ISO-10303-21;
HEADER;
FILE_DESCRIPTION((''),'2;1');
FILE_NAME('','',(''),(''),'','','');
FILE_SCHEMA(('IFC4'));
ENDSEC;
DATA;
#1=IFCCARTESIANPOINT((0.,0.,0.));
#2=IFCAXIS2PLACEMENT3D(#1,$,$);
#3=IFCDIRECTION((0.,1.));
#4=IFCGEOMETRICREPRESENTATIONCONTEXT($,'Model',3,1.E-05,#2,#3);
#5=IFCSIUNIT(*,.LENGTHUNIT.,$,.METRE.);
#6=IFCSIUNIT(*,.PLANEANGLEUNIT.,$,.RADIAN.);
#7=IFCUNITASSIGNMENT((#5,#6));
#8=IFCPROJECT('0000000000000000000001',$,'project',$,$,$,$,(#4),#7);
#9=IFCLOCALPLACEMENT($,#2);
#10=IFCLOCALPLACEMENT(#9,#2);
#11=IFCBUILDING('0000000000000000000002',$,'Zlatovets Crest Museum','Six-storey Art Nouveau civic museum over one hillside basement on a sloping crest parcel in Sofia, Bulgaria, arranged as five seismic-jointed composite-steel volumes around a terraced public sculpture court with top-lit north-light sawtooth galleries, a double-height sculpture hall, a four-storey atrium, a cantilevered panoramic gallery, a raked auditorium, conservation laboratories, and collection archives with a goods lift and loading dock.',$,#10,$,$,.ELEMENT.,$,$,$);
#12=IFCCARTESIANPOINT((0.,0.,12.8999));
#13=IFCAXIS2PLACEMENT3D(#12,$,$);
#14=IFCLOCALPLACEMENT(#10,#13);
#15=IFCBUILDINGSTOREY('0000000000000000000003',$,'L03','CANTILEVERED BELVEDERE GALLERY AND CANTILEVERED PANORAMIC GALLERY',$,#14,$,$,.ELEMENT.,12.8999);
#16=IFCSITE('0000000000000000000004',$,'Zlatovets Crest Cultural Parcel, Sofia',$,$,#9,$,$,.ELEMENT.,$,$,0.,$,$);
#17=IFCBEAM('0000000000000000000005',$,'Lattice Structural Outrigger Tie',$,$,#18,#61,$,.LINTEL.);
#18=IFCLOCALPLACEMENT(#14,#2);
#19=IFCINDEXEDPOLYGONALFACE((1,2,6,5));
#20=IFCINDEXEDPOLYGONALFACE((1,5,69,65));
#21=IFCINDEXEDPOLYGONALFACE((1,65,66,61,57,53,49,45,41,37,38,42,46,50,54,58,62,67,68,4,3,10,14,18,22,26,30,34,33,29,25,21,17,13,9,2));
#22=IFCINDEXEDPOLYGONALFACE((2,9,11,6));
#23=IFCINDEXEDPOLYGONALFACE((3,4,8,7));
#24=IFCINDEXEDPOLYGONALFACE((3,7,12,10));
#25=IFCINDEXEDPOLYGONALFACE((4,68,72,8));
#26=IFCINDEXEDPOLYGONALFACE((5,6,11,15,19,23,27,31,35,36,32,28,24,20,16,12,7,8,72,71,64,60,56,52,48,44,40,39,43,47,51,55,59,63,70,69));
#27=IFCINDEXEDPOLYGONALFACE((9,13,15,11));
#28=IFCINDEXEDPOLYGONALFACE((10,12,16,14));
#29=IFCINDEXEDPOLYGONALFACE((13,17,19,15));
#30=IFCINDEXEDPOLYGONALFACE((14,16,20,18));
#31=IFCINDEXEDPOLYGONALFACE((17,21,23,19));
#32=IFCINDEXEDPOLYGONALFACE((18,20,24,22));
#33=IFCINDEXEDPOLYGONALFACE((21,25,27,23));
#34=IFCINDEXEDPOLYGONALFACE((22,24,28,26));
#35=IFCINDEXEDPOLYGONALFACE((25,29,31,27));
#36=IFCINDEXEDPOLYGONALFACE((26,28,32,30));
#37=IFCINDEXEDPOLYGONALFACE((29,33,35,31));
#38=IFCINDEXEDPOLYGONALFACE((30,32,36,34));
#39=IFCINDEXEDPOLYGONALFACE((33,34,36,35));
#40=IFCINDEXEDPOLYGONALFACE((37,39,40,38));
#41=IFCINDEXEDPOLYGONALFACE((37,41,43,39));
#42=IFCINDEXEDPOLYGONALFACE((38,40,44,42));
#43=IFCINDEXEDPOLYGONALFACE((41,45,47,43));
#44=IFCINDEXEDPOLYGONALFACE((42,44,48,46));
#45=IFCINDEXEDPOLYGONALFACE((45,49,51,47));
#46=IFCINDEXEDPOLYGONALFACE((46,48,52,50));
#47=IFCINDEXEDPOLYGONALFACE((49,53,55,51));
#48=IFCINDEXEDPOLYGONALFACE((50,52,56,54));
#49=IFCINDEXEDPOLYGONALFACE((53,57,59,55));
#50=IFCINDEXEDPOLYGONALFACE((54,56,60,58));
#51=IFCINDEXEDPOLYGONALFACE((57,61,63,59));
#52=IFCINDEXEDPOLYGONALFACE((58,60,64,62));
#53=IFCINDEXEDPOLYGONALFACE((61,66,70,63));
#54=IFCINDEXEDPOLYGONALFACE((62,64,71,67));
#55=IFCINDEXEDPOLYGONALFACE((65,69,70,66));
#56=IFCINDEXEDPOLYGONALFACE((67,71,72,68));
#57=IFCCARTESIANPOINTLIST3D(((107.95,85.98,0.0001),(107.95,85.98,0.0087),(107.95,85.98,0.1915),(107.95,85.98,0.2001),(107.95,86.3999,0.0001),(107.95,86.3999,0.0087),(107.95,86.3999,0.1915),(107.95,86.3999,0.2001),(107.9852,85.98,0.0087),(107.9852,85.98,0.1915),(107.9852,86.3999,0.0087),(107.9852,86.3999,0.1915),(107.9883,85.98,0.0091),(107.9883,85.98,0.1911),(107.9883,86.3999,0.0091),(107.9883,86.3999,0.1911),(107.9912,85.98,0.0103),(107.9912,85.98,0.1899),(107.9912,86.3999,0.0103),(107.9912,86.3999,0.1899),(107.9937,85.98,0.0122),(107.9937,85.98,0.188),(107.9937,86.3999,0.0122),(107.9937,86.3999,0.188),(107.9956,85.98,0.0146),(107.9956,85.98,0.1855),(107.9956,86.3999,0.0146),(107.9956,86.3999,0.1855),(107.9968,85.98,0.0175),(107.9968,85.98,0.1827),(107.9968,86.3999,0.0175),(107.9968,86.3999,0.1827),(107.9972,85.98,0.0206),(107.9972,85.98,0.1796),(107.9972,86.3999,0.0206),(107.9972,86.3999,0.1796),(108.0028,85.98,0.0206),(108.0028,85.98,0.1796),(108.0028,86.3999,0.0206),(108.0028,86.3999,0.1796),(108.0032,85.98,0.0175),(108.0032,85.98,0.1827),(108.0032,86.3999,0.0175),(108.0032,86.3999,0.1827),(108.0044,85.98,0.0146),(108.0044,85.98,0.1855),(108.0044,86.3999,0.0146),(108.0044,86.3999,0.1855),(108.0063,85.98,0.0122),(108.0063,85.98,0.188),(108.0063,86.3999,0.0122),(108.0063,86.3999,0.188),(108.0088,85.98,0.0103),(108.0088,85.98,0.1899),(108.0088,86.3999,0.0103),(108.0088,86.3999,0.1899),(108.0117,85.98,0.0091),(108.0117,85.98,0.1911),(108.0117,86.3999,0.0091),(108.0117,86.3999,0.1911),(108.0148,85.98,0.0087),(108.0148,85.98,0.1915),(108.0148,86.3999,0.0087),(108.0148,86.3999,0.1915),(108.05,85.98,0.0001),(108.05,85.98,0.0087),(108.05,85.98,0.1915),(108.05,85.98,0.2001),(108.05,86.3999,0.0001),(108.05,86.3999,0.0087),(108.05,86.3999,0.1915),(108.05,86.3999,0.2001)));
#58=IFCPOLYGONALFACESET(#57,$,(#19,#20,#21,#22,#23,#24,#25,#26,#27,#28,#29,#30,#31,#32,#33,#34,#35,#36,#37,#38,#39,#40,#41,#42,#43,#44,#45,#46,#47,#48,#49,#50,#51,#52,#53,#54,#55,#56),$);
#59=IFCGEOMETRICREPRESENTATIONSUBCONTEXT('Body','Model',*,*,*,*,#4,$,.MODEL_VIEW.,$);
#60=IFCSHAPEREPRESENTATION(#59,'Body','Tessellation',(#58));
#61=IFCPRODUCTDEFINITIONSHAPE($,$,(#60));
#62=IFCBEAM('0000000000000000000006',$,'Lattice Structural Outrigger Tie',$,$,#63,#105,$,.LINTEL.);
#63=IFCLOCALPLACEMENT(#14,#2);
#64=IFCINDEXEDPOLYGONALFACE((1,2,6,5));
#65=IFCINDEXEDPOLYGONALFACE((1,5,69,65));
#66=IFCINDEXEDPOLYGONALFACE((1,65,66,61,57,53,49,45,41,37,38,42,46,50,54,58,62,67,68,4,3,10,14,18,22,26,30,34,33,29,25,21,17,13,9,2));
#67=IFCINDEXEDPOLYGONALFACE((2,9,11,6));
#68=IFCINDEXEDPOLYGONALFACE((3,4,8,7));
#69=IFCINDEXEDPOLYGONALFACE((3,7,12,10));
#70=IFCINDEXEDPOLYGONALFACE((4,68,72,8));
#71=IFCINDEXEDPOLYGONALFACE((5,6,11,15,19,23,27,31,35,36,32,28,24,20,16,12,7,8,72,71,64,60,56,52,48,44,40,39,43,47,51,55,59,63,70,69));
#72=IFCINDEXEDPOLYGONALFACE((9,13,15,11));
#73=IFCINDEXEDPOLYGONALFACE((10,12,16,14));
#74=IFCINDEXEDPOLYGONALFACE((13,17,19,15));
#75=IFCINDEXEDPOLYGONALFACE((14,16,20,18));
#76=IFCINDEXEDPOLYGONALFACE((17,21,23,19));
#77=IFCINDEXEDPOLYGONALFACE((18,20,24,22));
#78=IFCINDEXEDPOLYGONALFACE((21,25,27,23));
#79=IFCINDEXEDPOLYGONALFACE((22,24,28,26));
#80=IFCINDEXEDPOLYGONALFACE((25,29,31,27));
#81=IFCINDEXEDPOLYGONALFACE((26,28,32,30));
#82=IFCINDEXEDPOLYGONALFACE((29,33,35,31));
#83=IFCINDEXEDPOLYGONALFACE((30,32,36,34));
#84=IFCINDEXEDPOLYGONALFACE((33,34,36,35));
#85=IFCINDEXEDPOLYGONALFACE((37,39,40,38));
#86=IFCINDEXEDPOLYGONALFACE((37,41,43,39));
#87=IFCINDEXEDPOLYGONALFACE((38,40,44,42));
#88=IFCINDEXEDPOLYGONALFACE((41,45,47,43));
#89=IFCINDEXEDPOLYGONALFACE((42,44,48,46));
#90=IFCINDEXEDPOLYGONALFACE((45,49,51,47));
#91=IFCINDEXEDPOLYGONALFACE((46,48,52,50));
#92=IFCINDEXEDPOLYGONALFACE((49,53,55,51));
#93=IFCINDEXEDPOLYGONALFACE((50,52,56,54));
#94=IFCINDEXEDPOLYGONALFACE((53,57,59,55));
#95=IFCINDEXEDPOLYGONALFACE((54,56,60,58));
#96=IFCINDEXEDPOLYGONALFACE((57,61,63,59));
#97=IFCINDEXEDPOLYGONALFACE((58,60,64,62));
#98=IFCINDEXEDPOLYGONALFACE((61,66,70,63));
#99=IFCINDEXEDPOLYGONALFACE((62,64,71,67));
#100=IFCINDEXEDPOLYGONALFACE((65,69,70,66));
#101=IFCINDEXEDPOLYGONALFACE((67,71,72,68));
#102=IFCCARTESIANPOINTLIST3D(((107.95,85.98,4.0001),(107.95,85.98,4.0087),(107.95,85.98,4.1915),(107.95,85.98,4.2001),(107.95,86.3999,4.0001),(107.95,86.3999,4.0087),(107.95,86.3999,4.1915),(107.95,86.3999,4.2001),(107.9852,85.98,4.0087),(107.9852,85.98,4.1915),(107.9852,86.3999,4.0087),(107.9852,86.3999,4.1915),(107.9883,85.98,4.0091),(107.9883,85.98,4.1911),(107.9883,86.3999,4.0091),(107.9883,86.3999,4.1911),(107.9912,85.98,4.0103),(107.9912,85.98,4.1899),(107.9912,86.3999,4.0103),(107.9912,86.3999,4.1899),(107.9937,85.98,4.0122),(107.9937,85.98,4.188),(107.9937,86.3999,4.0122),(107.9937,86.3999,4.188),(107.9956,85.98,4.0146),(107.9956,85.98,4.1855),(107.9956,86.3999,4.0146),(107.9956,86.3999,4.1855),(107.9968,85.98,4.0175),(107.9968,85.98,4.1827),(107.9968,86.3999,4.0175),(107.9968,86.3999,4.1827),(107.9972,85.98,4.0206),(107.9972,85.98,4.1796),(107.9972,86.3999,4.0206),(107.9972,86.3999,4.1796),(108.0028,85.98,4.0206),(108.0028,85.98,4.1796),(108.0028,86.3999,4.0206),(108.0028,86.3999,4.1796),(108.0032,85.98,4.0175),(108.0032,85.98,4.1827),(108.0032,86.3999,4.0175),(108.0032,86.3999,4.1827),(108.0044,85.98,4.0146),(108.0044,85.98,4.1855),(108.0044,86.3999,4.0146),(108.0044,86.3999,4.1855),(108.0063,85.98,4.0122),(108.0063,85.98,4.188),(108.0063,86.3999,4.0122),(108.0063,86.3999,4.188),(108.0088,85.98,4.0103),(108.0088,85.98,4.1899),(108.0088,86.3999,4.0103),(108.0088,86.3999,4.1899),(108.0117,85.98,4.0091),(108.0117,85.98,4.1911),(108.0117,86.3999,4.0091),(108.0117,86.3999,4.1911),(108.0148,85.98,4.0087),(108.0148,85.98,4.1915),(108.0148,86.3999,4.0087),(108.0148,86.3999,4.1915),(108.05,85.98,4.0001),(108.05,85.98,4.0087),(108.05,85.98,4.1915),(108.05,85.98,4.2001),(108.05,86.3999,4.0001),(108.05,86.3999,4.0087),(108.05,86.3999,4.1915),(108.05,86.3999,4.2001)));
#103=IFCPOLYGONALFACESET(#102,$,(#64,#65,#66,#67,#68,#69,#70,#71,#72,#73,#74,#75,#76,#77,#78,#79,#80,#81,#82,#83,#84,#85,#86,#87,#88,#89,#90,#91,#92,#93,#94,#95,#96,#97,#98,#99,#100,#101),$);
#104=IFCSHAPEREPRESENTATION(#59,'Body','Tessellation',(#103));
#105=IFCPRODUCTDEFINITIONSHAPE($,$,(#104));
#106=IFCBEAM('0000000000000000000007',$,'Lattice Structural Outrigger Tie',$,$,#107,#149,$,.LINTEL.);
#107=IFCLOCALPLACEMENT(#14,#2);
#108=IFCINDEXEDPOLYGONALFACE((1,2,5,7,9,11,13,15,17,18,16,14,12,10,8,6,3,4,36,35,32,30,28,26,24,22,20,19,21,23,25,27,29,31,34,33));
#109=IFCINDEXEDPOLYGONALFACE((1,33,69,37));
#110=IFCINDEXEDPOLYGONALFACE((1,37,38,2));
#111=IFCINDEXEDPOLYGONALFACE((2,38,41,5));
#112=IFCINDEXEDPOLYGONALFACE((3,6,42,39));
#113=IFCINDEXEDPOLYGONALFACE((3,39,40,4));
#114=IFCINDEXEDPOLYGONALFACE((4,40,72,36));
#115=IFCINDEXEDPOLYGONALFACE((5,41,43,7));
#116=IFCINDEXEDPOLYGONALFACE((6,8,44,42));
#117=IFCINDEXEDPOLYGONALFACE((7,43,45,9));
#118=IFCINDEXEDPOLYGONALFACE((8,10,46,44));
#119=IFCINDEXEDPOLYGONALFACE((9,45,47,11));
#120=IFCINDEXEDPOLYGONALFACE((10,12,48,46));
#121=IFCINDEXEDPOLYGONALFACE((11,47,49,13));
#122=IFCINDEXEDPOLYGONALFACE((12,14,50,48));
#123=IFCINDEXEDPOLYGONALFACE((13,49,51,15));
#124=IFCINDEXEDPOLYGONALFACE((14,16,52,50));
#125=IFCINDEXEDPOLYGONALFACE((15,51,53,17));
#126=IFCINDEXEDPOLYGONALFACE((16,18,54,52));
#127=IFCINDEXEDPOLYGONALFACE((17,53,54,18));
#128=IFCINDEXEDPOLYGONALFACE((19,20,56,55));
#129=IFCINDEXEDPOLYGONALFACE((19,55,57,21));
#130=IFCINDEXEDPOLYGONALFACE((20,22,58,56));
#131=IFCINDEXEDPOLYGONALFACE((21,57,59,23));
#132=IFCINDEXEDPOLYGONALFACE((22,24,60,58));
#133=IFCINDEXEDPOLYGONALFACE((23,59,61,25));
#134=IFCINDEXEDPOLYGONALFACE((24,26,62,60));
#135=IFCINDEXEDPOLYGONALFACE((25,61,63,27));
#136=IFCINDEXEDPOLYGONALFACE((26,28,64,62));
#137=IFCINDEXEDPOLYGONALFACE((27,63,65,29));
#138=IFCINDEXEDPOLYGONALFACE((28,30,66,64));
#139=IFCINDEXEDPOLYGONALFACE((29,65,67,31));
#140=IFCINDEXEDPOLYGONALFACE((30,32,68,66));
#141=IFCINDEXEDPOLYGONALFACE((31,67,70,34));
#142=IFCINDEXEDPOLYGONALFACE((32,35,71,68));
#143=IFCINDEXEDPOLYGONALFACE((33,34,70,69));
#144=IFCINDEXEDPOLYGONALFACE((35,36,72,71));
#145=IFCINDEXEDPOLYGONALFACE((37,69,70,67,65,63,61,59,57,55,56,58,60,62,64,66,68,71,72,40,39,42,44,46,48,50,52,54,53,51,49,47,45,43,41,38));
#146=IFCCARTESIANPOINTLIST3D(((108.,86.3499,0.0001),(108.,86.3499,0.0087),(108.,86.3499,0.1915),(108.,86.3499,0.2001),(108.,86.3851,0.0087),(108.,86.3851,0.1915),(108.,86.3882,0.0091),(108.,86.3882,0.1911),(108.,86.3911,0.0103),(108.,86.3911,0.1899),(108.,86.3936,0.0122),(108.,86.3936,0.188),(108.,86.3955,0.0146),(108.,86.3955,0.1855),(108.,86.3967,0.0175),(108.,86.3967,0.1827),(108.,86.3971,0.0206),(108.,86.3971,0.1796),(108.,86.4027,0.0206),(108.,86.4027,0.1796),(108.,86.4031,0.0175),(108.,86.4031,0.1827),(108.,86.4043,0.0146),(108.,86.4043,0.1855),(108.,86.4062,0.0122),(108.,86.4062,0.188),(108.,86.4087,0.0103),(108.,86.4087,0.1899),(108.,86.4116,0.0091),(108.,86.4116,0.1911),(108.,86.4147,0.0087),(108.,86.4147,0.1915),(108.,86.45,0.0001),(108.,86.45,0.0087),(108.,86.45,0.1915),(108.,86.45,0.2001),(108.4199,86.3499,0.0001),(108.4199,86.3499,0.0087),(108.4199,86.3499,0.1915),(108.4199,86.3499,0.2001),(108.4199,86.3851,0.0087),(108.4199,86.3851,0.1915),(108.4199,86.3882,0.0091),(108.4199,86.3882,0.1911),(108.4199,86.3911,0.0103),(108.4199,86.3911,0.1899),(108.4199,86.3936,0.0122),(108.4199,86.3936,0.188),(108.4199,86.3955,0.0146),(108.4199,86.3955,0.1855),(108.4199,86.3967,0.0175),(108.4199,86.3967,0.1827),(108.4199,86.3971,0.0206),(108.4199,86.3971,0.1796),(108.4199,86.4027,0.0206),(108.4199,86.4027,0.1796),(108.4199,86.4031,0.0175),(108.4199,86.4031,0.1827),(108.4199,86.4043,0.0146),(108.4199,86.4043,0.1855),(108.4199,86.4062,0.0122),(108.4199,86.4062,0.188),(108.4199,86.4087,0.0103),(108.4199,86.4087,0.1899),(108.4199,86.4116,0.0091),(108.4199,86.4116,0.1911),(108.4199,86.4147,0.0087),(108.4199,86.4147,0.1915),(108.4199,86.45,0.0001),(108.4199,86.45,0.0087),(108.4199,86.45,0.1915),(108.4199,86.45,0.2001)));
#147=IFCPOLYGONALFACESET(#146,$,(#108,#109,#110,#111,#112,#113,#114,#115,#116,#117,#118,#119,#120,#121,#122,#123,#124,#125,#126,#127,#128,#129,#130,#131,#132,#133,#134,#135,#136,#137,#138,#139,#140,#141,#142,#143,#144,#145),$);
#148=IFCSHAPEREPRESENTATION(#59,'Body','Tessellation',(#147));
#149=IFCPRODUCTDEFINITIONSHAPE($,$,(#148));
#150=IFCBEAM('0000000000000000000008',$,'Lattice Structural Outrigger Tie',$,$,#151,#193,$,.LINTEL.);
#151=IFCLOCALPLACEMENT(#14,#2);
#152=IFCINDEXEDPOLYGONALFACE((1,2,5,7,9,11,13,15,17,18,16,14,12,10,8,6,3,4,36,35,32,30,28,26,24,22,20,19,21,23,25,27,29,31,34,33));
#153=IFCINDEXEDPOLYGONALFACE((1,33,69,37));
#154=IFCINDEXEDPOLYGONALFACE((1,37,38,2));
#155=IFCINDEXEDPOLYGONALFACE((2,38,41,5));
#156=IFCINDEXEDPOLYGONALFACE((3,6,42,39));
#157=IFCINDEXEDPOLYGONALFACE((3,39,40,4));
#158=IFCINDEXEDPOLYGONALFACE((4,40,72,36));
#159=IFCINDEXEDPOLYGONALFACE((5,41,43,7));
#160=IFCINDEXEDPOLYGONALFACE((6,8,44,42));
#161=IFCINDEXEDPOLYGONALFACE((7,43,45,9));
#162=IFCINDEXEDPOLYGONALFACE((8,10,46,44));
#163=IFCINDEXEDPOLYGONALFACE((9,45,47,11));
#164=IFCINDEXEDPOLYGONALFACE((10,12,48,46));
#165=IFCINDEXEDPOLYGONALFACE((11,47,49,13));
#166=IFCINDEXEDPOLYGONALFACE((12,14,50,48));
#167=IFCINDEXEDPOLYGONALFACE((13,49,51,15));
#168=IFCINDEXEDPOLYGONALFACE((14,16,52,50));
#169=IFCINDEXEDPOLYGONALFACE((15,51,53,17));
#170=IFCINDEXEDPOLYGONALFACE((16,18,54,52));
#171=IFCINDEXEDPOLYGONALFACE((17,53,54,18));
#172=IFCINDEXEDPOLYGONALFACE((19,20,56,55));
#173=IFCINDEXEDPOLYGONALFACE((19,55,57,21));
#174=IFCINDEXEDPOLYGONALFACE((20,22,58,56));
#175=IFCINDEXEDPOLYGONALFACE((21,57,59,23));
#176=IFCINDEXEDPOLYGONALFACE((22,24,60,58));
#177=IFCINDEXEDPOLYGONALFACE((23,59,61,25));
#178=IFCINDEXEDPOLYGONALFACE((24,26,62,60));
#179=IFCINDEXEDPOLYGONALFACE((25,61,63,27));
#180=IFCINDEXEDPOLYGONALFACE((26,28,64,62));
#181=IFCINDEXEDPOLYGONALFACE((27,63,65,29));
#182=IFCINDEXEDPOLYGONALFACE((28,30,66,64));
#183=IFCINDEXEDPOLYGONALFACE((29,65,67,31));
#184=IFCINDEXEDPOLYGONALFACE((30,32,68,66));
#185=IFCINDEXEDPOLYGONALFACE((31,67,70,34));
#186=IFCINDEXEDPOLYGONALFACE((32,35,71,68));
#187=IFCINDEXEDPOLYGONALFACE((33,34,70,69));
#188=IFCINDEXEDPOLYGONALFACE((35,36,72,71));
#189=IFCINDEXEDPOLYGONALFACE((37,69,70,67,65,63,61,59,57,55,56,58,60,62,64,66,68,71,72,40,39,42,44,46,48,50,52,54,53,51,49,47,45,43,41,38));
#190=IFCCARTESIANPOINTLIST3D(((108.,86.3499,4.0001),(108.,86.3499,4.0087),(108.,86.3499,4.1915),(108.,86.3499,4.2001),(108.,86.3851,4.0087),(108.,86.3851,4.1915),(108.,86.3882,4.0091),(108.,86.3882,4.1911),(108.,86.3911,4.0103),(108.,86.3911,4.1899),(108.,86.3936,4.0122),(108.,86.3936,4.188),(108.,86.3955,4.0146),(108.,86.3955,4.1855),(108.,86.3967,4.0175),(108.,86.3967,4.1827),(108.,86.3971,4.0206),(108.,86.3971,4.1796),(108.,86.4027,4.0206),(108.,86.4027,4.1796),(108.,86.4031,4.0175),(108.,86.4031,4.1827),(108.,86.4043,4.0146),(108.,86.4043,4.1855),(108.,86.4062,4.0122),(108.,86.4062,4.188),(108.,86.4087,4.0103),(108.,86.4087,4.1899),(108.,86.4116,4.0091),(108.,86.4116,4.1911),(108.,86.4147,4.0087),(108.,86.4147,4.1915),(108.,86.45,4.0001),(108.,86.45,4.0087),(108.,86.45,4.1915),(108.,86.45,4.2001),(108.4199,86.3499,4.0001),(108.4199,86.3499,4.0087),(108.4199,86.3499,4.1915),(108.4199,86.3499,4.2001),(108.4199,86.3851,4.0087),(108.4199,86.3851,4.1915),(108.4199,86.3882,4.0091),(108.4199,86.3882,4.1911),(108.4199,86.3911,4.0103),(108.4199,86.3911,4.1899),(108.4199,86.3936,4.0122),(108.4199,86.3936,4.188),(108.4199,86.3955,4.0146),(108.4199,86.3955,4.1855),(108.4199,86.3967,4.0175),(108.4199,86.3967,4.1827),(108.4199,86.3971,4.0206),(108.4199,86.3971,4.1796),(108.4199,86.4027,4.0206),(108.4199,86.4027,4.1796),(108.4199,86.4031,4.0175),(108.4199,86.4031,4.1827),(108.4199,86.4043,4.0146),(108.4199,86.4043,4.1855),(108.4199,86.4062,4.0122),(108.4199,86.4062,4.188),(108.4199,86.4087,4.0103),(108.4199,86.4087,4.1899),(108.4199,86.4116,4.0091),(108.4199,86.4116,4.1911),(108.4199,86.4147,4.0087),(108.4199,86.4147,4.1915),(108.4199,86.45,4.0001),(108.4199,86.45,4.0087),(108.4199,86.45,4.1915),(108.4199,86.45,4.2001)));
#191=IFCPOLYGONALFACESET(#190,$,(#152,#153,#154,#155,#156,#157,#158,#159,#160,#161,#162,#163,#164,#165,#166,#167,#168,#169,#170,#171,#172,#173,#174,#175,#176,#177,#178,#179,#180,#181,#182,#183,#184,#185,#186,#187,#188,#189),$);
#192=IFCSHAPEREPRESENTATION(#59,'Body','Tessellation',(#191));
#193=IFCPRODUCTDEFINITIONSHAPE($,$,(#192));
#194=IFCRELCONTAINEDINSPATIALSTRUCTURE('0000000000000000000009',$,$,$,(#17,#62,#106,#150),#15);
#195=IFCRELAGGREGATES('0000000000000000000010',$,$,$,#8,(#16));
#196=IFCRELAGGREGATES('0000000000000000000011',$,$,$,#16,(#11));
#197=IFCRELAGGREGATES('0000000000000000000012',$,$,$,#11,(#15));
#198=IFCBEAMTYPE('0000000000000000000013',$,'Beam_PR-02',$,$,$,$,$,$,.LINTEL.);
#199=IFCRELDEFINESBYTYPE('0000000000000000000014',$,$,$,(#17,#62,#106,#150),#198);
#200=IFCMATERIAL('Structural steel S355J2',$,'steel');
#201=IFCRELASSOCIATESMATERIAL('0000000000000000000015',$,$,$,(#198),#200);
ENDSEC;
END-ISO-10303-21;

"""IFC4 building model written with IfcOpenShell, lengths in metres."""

from ifc_helpers import new_model, si_unit, direction, frame, origin, origin_2d, place, context, subcontext, project, spatial, i_section, extrude, material, material_profile, profile_set, type_object, element, save


model = new_model("IFC4")

# Units and contexts
model_context = context("Model", 3, precision=1e-05, world=origin(), true_north=direction((0.0, 1.0)))
body_context = subcontext(model_context, "Body", "Model", "MODEL_VIEW")
ifc_project = project(units=[si_unit("LENGTHUNIT", "METRE"), si_unit("PLANEANGLEUNIT", "RADIAN")], contexts=[model_context])

# Site, building, storey
site_placement = place(None, origin())
site = spatial("IfcSite", under=ifc_project, at=site_placement, Name="Zlatovets Crest Cultural Parcel, Sofia", CompositionType="ELEMENT", RefElevation=0.0)
building_placement = place(site_placement, origin())
building = spatial("IfcBuilding", under=site, at=building_placement, Name="Zlatovets Crest Museum", Description="Six-storey Art Nouveau civic museum over one hillside basement on a sloping crest parcel in Sofia, Bulgaria, arranged as five seismic-jointed composite-steel volumes around a terraced public sculpture court with top-lit north-light sawtooth galleries, a double-height sculpture hall, a four-storey atrium, a cantilevered panoramic gallery, a raked auditorium, conservation laboratories, and collection archives with a goods lift and loading dock.", CompositionType="ELEMENT")
storey_placement = place(building_placement, frame((0.0, 0.0, 12.8999)))
storey = spatial("IfcBuildingStorey", under=building, at=storey_placement, Name="L03", Description="CANTILEVERED BELVEDERE GALLERY AND CANTILEVERED PANORAMIC GALLERY", CompositionType="ELEMENT", Elevation=12.8999)

# Shared definitions
ifc_material_1 = material(Name="Structural steel S355J2", Category="steel")

# Beams
ifc_material_profile_1 = material_profile(ifc_material_1, i_section(OverallWidth=0.1001, OverallDepth=0.2, WebThickness=0.0056, FlangeThickness=0.0085, FilletRadius=0.012, at=origin_2d()), Name="IPE 200")
ifc_profile_set_1 = profile_set([ifc_material_profile_1], Name="Structural steel S355J2")
beam_type_1 = type_object("IfcBeamType", Name="Beam_PR-02", PredefinedType="LINTEL", material=ifc_profile_set_1)
for number, where, z_axis, x_axis, name in (
    (1, (108.0, 86.3999, 0.1001), (0.0, -1.0, 0.0), (1.0, 0.0, 0.0), "Lattice Structural Outrigger Tie"),
    (2, (108.0, 86.3999, 4.1001), (0.0, -1.0, 0.0), (1.0, 0.0, 0.0), "Lattice Structural Outrigger Tie"),
    (3, (108.0, 86.3999, 0.1001), (1.0, 0.0, 0.0), (0.0, 1.0, 0.0), "Lattice Structural Outrigger Tie"),
    (4, (108.0, 86.3999, 4.1001), (1.0, 0.0, 0.0), (0.0, 1.0, 0.0), "Lattice Structural Outrigger Tie"),
):
    element("IfcBeam", number, at=place(storey_placement, frame(where, z_axis=z_axis, x_axis=x_axis)), inside=storey, type_object=beam_type_1, Name=name, PredefinedType="LINTEL", context=body_context, shape_type="SweptSolid", body=[
        extrude(i_section(OverallWidth=0.1001, OverallDepth=0.2, WebThickness=0.0056, FlangeThickness=0.0085, FilletRadius=0.012, at=origin_2d()), origin(), (0.0, 0.0, 1.0), 0.4199),
    ])

save(model, "model.ifc")
